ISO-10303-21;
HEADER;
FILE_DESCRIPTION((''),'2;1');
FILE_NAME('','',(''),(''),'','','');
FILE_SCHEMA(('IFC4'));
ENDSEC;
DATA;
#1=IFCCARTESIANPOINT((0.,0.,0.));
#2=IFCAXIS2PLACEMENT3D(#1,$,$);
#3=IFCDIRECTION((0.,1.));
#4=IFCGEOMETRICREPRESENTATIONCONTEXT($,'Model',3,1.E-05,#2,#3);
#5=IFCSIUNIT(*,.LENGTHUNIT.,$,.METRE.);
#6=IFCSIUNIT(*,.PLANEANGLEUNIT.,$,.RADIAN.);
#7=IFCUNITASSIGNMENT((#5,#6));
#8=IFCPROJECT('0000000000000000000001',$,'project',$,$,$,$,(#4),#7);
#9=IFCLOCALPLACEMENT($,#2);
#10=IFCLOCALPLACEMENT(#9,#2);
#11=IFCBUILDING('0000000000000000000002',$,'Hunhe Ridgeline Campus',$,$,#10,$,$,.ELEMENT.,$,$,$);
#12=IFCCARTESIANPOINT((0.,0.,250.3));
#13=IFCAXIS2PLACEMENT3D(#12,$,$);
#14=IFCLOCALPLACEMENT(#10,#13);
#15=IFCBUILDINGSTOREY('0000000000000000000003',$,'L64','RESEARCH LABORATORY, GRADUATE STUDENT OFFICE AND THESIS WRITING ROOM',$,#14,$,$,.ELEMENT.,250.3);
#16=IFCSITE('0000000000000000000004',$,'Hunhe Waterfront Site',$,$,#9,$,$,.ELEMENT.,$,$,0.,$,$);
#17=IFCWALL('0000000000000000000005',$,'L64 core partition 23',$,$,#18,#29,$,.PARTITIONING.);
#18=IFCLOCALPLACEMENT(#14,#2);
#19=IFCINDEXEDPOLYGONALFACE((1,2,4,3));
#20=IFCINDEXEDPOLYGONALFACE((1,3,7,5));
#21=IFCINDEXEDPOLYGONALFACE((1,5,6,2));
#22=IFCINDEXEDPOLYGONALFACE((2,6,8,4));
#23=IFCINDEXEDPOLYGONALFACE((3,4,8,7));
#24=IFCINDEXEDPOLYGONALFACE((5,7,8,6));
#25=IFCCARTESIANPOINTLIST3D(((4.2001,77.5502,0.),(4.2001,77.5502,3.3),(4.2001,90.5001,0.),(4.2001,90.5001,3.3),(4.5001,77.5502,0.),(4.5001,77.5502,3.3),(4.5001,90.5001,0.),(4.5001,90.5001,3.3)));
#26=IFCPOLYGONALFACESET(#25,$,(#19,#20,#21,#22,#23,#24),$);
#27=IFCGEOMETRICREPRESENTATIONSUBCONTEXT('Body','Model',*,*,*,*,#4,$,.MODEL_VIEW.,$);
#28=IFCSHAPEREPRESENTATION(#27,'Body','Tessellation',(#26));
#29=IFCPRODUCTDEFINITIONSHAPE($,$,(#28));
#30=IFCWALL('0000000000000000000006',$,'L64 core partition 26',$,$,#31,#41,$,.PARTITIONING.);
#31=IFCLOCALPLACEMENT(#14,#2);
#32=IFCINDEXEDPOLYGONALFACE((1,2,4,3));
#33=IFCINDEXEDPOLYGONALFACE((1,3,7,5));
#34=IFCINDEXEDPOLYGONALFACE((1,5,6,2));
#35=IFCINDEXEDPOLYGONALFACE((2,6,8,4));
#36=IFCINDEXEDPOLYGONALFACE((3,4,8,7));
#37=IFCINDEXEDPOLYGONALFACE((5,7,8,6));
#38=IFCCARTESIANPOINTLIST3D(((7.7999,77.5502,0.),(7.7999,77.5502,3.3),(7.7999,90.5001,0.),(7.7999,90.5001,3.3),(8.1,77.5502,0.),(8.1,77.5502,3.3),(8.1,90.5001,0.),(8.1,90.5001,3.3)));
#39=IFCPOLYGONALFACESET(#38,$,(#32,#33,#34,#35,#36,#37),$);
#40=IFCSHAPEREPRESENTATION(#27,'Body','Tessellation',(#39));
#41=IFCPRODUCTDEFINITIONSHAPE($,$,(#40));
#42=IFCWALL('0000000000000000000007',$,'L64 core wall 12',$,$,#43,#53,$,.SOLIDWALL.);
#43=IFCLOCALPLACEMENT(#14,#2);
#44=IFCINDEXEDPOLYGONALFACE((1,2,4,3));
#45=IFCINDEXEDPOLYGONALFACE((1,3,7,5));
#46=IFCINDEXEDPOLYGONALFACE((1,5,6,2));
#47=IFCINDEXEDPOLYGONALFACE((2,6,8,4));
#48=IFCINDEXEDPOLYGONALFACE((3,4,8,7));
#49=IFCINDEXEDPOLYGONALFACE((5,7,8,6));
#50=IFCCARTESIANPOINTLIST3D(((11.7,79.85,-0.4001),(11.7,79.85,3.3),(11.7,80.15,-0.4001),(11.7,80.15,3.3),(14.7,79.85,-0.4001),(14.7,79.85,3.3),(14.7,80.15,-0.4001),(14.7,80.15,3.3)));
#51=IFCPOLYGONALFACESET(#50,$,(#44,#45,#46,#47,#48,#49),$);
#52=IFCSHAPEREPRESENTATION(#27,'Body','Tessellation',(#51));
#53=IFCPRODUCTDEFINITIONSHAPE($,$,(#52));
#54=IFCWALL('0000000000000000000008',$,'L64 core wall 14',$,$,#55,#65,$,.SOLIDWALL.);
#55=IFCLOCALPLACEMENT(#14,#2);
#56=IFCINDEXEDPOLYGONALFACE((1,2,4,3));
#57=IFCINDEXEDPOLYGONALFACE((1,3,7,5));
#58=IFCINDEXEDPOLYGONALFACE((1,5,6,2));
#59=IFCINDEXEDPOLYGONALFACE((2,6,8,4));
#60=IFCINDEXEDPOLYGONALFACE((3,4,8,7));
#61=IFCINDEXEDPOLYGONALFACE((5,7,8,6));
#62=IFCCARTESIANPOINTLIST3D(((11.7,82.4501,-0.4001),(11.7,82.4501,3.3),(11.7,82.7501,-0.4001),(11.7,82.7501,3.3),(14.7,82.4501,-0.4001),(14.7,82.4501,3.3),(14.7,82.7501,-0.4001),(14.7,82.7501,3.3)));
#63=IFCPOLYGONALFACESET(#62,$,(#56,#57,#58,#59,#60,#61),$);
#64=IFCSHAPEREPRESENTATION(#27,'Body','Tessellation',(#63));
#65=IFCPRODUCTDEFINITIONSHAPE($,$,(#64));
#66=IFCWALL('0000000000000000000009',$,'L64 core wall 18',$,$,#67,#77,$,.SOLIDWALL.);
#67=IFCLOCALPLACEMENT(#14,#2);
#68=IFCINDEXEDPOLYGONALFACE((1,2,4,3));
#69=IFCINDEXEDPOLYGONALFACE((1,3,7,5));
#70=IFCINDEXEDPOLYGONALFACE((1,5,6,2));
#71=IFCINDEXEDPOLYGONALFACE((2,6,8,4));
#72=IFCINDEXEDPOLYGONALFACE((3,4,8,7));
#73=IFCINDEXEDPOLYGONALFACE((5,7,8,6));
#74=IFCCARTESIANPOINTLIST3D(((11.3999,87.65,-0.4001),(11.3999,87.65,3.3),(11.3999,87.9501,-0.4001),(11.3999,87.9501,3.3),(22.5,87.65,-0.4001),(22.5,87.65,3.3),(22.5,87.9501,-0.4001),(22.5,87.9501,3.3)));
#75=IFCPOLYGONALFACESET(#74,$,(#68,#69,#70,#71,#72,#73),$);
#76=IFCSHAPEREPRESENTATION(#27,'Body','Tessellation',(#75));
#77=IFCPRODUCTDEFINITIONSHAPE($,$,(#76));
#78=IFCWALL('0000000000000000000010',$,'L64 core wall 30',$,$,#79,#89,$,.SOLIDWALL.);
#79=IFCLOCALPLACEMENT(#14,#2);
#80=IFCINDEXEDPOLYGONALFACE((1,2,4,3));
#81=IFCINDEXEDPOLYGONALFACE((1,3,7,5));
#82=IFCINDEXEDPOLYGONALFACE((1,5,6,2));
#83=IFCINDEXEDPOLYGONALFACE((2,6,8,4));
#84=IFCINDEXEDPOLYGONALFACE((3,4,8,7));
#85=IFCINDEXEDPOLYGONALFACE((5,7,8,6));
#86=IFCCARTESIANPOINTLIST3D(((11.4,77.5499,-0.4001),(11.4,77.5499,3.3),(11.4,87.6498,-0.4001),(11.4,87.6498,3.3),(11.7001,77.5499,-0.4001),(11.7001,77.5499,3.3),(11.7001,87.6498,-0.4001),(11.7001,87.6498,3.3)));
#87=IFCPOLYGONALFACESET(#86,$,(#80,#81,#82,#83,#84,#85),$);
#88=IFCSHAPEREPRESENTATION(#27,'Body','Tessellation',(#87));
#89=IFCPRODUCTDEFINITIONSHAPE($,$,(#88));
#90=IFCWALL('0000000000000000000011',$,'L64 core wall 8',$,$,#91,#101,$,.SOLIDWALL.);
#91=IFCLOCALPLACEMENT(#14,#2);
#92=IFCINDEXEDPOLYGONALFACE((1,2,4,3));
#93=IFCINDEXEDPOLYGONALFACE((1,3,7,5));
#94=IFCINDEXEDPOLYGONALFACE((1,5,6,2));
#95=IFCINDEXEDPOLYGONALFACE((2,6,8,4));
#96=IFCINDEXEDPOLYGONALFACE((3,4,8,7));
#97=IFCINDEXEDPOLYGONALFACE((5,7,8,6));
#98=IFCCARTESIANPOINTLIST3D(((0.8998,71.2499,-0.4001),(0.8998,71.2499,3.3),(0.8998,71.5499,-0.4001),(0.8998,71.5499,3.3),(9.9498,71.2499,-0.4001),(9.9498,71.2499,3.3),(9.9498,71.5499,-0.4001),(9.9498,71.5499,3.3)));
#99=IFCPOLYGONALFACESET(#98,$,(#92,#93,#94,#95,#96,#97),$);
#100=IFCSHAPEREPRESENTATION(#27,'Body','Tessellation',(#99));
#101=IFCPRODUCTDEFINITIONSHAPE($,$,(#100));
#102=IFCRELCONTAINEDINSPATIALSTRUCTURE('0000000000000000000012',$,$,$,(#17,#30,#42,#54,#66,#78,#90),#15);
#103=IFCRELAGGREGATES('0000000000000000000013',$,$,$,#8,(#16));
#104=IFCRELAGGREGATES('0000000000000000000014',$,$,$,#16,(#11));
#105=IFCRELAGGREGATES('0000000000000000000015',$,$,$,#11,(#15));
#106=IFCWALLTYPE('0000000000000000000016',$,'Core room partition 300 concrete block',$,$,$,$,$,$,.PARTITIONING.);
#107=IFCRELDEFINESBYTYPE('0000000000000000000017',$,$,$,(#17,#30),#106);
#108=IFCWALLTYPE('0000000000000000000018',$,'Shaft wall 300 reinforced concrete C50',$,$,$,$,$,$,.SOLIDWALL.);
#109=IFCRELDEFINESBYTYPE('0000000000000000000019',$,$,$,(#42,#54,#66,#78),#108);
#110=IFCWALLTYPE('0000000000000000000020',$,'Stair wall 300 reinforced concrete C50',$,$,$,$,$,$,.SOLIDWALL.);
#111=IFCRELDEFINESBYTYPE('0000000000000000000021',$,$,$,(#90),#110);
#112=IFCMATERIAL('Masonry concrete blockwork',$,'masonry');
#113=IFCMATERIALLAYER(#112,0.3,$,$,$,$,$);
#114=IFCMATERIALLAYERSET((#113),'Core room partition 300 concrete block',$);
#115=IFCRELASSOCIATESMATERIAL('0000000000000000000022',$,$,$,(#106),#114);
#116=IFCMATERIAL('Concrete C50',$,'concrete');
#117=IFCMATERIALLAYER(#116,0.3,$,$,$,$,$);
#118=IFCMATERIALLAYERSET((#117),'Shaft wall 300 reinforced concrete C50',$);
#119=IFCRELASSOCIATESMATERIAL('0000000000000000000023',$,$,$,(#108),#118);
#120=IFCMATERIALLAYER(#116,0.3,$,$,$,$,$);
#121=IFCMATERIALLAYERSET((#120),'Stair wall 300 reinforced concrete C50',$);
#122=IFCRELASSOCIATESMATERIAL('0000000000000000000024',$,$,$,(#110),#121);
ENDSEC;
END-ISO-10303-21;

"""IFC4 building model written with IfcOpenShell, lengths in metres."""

from ifc_helpers import new_model, si_unit, direction, frame, frame_2d, origin, place, context, subcontext, project, spatial, rectangle, extrude, material, layer, layer_set, type_object, element, save


model = new_model("IFC4")

# Units and contexts
model_context = context("Model", 3, precision=1e-05, world=origin(), true_north=direction((0.0, 1.0)))
body_context = subcontext(model_context, "Body", "Model", "MODEL_VIEW")
ifc_project = project(units=[si_unit("LENGTHUNIT", "METRE"), si_unit("PLANEANGLEUNIT", "RADIAN")], contexts=[model_context])

# Site, building, storey
site_placement = place(None, origin())
site = spatial("IfcSite", under=ifc_project, at=site_placement, Name="Hunhe Waterfront Site", CompositionType="ELEMENT", RefElevation=0.0)
building_placement = place(site_placement, origin())
building = spatial("IfcBuilding", under=site, at=building_placement, Name="Hunhe Ridgeline Campus", CompositionType="ELEMENT")
storey_placement = place(building_placement, frame((0.0, 0.0, 250.3)))
storey = spatial("IfcBuildingStorey", under=building, at=storey_placement, Name="L64", Description="RESEARCH LABORATORY, GRADUATE STUDENT OFFICE AND THESIS WRITING ROOM", CompositionType="ELEMENT", Elevation=250.3)

# Shared definitions
ifc_material_1 = material(Name="Masonry concrete blockwork", Category="masonry")
ifc_layer_1 = layer(ifc_material_1, 0.3)
ifc_layer_set_1 = layer_set([ifc_layer_1], Name="Core room partition 300 concrete block")
wall_type_1 = type_object("IfcWallType", Name="Core room partition 300 concrete block", PredefinedType="PARTITIONING", material=ifc_layer_set_1)

# Walls
for number, where, z_axis, x_axis, name in (
    (1, (4.3501, 77.55, 0.0), (0.0, 0.0, 1.0), (0.0, 1.0, 0.0), "L64 core partition 23"),
    (2, (7.95, 77.55, 0.0), (0.0, 0.0, 1.0), (0.0, 1.0, 0.0), "L64 core partition 26"),
):
    element("IfcWall", number, at=place(storey_placement, frame(where, z_axis=z_axis, x_axis=x_axis)), inside=storey, type_object=wall_type_1, Name=name, PredefinedType="PARTITIONING", context=body_context, shape_type="SweptSolid", body=[
        extrude(rectangle(XDim=12.95, YDim=0.3, at=frame_2d((6.4751, 0.0))), origin(), (0.0, 0.0, 1.0), 3.3),
    ])

# Shared definitions
ifc_material_2 = material(Name="Concrete C50", Category="concrete")
ifc_layer_2 = layer(ifc_material_2, 0.3)
ifc_layer_set_2 = layer_set([ifc_layer_2], Name="Shaft wall 300 reinforced concrete C50")
wall_type_2 = type_object("IfcWallType", Name="Shaft wall 300 reinforced concrete C50", PredefinedType="SOLIDWALL", material=ifc_layer_set_2)

# Walls
for number, where, z_axis, x_axis, name in (
    (3, (11.7, 80.0, -0.4001), (0.0, 0.0, 1.0), (1.0, 0.0, 0.0), "L64 core wall 12"),
    (4, (11.7, 82.6001, -0.4001), (0.0, 0.0, 1.0), (1.0, 0.0, 0.0), "L64 core wall 14"),
):
    element("IfcWall", number, at=place(storey_placement, frame(where, z_axis=z_axis, x_axis=x_axis)), inside=storey, type_object=wall_type_2, Name=name, PredefinedType="SOLIDWALL", context=body_context, shape_type="SweptSolid", body=[
        extrude(rectangle(XDim=3.0, YDim=0.3, at=frame_2d((1.5, 0.0))), origin(), (0.0, 0.0, 1.0), 3.7002),
    ])
wall_1_placement = place(storey_placement, frame((11.3999, 87.8, -0.4001), z_axis=(0.0, 0.0, 1.0), x_axis=(1.0, 0.0, 0.0)))
element("IfcWall", 5, at=wall_1_placement, inside=storey, type_object=wall_type_2, Name="L64 core wall 18", PredefinedType="SOLIDWALL", context=body_context, shape_type="SweptSolid", body=[
    extrude(rectangle(XDim=11.1001, YDim=0.3, at=frame_2d((5.55, 0.0))), origin(), (0.0, 0.0, 1.0), 3.7002),
])
wall_2_placement = place(storey_placement, frame((11.55, 77.55, -0.4001), z_axis=(0.0, 0.0, 1.0), x_axis=(0.0, 1.0, 0.0)))
element("IfcWall", 6, at=wall_2_placement, inside=storey, type_object=wall_type_2, Name="L64 core wall 30", PredefinedType="SOLIDWALL", context=body_context, shape_type="SweptSolid", body=[
    extrude(rectangle(XDim=10.0999, YDim=0.3, at=frame_2d((5.0498, 0.0))), origin(), (0.0, 0.0, 1.0), 3.7002),
])
ifc_layer_3 = layer(ifc_material_2, 0.3)
ifc_layer_set_3 = layer_set([ifc_layer_3], Name="Stair wall 300 reinforced concrete C50")
wall_type_3 = type_object("IfcWallType", Name="Stair wall 300 reinforced concrete C50", PredefinedType="SOLIDWALL", material=ifc_layer_set_3)
wall_3_placement = place(storey_placement, frame((0.8999, 71.3999, -0.4001), z_axis=(0.0, 0.0, 1.0), x_axis=(1.0, 0.0, 0.0)))
element("IfcWall", 7, at=wall_3_placement, inside=storey, type_object=wall_type_3, Name="L64 core wall 8", PredefinedType="SOLIDWALL", context=body_context, shape_type="SweptSolid", body=[
    extrude(rectangle(XDim=9.05, YDim=0.3, at=frame_2d((4.5249, 0.0))), origin(), (0.0, 0.0, 1.0), 3.7002),
])

save(model, "model.ifc")
